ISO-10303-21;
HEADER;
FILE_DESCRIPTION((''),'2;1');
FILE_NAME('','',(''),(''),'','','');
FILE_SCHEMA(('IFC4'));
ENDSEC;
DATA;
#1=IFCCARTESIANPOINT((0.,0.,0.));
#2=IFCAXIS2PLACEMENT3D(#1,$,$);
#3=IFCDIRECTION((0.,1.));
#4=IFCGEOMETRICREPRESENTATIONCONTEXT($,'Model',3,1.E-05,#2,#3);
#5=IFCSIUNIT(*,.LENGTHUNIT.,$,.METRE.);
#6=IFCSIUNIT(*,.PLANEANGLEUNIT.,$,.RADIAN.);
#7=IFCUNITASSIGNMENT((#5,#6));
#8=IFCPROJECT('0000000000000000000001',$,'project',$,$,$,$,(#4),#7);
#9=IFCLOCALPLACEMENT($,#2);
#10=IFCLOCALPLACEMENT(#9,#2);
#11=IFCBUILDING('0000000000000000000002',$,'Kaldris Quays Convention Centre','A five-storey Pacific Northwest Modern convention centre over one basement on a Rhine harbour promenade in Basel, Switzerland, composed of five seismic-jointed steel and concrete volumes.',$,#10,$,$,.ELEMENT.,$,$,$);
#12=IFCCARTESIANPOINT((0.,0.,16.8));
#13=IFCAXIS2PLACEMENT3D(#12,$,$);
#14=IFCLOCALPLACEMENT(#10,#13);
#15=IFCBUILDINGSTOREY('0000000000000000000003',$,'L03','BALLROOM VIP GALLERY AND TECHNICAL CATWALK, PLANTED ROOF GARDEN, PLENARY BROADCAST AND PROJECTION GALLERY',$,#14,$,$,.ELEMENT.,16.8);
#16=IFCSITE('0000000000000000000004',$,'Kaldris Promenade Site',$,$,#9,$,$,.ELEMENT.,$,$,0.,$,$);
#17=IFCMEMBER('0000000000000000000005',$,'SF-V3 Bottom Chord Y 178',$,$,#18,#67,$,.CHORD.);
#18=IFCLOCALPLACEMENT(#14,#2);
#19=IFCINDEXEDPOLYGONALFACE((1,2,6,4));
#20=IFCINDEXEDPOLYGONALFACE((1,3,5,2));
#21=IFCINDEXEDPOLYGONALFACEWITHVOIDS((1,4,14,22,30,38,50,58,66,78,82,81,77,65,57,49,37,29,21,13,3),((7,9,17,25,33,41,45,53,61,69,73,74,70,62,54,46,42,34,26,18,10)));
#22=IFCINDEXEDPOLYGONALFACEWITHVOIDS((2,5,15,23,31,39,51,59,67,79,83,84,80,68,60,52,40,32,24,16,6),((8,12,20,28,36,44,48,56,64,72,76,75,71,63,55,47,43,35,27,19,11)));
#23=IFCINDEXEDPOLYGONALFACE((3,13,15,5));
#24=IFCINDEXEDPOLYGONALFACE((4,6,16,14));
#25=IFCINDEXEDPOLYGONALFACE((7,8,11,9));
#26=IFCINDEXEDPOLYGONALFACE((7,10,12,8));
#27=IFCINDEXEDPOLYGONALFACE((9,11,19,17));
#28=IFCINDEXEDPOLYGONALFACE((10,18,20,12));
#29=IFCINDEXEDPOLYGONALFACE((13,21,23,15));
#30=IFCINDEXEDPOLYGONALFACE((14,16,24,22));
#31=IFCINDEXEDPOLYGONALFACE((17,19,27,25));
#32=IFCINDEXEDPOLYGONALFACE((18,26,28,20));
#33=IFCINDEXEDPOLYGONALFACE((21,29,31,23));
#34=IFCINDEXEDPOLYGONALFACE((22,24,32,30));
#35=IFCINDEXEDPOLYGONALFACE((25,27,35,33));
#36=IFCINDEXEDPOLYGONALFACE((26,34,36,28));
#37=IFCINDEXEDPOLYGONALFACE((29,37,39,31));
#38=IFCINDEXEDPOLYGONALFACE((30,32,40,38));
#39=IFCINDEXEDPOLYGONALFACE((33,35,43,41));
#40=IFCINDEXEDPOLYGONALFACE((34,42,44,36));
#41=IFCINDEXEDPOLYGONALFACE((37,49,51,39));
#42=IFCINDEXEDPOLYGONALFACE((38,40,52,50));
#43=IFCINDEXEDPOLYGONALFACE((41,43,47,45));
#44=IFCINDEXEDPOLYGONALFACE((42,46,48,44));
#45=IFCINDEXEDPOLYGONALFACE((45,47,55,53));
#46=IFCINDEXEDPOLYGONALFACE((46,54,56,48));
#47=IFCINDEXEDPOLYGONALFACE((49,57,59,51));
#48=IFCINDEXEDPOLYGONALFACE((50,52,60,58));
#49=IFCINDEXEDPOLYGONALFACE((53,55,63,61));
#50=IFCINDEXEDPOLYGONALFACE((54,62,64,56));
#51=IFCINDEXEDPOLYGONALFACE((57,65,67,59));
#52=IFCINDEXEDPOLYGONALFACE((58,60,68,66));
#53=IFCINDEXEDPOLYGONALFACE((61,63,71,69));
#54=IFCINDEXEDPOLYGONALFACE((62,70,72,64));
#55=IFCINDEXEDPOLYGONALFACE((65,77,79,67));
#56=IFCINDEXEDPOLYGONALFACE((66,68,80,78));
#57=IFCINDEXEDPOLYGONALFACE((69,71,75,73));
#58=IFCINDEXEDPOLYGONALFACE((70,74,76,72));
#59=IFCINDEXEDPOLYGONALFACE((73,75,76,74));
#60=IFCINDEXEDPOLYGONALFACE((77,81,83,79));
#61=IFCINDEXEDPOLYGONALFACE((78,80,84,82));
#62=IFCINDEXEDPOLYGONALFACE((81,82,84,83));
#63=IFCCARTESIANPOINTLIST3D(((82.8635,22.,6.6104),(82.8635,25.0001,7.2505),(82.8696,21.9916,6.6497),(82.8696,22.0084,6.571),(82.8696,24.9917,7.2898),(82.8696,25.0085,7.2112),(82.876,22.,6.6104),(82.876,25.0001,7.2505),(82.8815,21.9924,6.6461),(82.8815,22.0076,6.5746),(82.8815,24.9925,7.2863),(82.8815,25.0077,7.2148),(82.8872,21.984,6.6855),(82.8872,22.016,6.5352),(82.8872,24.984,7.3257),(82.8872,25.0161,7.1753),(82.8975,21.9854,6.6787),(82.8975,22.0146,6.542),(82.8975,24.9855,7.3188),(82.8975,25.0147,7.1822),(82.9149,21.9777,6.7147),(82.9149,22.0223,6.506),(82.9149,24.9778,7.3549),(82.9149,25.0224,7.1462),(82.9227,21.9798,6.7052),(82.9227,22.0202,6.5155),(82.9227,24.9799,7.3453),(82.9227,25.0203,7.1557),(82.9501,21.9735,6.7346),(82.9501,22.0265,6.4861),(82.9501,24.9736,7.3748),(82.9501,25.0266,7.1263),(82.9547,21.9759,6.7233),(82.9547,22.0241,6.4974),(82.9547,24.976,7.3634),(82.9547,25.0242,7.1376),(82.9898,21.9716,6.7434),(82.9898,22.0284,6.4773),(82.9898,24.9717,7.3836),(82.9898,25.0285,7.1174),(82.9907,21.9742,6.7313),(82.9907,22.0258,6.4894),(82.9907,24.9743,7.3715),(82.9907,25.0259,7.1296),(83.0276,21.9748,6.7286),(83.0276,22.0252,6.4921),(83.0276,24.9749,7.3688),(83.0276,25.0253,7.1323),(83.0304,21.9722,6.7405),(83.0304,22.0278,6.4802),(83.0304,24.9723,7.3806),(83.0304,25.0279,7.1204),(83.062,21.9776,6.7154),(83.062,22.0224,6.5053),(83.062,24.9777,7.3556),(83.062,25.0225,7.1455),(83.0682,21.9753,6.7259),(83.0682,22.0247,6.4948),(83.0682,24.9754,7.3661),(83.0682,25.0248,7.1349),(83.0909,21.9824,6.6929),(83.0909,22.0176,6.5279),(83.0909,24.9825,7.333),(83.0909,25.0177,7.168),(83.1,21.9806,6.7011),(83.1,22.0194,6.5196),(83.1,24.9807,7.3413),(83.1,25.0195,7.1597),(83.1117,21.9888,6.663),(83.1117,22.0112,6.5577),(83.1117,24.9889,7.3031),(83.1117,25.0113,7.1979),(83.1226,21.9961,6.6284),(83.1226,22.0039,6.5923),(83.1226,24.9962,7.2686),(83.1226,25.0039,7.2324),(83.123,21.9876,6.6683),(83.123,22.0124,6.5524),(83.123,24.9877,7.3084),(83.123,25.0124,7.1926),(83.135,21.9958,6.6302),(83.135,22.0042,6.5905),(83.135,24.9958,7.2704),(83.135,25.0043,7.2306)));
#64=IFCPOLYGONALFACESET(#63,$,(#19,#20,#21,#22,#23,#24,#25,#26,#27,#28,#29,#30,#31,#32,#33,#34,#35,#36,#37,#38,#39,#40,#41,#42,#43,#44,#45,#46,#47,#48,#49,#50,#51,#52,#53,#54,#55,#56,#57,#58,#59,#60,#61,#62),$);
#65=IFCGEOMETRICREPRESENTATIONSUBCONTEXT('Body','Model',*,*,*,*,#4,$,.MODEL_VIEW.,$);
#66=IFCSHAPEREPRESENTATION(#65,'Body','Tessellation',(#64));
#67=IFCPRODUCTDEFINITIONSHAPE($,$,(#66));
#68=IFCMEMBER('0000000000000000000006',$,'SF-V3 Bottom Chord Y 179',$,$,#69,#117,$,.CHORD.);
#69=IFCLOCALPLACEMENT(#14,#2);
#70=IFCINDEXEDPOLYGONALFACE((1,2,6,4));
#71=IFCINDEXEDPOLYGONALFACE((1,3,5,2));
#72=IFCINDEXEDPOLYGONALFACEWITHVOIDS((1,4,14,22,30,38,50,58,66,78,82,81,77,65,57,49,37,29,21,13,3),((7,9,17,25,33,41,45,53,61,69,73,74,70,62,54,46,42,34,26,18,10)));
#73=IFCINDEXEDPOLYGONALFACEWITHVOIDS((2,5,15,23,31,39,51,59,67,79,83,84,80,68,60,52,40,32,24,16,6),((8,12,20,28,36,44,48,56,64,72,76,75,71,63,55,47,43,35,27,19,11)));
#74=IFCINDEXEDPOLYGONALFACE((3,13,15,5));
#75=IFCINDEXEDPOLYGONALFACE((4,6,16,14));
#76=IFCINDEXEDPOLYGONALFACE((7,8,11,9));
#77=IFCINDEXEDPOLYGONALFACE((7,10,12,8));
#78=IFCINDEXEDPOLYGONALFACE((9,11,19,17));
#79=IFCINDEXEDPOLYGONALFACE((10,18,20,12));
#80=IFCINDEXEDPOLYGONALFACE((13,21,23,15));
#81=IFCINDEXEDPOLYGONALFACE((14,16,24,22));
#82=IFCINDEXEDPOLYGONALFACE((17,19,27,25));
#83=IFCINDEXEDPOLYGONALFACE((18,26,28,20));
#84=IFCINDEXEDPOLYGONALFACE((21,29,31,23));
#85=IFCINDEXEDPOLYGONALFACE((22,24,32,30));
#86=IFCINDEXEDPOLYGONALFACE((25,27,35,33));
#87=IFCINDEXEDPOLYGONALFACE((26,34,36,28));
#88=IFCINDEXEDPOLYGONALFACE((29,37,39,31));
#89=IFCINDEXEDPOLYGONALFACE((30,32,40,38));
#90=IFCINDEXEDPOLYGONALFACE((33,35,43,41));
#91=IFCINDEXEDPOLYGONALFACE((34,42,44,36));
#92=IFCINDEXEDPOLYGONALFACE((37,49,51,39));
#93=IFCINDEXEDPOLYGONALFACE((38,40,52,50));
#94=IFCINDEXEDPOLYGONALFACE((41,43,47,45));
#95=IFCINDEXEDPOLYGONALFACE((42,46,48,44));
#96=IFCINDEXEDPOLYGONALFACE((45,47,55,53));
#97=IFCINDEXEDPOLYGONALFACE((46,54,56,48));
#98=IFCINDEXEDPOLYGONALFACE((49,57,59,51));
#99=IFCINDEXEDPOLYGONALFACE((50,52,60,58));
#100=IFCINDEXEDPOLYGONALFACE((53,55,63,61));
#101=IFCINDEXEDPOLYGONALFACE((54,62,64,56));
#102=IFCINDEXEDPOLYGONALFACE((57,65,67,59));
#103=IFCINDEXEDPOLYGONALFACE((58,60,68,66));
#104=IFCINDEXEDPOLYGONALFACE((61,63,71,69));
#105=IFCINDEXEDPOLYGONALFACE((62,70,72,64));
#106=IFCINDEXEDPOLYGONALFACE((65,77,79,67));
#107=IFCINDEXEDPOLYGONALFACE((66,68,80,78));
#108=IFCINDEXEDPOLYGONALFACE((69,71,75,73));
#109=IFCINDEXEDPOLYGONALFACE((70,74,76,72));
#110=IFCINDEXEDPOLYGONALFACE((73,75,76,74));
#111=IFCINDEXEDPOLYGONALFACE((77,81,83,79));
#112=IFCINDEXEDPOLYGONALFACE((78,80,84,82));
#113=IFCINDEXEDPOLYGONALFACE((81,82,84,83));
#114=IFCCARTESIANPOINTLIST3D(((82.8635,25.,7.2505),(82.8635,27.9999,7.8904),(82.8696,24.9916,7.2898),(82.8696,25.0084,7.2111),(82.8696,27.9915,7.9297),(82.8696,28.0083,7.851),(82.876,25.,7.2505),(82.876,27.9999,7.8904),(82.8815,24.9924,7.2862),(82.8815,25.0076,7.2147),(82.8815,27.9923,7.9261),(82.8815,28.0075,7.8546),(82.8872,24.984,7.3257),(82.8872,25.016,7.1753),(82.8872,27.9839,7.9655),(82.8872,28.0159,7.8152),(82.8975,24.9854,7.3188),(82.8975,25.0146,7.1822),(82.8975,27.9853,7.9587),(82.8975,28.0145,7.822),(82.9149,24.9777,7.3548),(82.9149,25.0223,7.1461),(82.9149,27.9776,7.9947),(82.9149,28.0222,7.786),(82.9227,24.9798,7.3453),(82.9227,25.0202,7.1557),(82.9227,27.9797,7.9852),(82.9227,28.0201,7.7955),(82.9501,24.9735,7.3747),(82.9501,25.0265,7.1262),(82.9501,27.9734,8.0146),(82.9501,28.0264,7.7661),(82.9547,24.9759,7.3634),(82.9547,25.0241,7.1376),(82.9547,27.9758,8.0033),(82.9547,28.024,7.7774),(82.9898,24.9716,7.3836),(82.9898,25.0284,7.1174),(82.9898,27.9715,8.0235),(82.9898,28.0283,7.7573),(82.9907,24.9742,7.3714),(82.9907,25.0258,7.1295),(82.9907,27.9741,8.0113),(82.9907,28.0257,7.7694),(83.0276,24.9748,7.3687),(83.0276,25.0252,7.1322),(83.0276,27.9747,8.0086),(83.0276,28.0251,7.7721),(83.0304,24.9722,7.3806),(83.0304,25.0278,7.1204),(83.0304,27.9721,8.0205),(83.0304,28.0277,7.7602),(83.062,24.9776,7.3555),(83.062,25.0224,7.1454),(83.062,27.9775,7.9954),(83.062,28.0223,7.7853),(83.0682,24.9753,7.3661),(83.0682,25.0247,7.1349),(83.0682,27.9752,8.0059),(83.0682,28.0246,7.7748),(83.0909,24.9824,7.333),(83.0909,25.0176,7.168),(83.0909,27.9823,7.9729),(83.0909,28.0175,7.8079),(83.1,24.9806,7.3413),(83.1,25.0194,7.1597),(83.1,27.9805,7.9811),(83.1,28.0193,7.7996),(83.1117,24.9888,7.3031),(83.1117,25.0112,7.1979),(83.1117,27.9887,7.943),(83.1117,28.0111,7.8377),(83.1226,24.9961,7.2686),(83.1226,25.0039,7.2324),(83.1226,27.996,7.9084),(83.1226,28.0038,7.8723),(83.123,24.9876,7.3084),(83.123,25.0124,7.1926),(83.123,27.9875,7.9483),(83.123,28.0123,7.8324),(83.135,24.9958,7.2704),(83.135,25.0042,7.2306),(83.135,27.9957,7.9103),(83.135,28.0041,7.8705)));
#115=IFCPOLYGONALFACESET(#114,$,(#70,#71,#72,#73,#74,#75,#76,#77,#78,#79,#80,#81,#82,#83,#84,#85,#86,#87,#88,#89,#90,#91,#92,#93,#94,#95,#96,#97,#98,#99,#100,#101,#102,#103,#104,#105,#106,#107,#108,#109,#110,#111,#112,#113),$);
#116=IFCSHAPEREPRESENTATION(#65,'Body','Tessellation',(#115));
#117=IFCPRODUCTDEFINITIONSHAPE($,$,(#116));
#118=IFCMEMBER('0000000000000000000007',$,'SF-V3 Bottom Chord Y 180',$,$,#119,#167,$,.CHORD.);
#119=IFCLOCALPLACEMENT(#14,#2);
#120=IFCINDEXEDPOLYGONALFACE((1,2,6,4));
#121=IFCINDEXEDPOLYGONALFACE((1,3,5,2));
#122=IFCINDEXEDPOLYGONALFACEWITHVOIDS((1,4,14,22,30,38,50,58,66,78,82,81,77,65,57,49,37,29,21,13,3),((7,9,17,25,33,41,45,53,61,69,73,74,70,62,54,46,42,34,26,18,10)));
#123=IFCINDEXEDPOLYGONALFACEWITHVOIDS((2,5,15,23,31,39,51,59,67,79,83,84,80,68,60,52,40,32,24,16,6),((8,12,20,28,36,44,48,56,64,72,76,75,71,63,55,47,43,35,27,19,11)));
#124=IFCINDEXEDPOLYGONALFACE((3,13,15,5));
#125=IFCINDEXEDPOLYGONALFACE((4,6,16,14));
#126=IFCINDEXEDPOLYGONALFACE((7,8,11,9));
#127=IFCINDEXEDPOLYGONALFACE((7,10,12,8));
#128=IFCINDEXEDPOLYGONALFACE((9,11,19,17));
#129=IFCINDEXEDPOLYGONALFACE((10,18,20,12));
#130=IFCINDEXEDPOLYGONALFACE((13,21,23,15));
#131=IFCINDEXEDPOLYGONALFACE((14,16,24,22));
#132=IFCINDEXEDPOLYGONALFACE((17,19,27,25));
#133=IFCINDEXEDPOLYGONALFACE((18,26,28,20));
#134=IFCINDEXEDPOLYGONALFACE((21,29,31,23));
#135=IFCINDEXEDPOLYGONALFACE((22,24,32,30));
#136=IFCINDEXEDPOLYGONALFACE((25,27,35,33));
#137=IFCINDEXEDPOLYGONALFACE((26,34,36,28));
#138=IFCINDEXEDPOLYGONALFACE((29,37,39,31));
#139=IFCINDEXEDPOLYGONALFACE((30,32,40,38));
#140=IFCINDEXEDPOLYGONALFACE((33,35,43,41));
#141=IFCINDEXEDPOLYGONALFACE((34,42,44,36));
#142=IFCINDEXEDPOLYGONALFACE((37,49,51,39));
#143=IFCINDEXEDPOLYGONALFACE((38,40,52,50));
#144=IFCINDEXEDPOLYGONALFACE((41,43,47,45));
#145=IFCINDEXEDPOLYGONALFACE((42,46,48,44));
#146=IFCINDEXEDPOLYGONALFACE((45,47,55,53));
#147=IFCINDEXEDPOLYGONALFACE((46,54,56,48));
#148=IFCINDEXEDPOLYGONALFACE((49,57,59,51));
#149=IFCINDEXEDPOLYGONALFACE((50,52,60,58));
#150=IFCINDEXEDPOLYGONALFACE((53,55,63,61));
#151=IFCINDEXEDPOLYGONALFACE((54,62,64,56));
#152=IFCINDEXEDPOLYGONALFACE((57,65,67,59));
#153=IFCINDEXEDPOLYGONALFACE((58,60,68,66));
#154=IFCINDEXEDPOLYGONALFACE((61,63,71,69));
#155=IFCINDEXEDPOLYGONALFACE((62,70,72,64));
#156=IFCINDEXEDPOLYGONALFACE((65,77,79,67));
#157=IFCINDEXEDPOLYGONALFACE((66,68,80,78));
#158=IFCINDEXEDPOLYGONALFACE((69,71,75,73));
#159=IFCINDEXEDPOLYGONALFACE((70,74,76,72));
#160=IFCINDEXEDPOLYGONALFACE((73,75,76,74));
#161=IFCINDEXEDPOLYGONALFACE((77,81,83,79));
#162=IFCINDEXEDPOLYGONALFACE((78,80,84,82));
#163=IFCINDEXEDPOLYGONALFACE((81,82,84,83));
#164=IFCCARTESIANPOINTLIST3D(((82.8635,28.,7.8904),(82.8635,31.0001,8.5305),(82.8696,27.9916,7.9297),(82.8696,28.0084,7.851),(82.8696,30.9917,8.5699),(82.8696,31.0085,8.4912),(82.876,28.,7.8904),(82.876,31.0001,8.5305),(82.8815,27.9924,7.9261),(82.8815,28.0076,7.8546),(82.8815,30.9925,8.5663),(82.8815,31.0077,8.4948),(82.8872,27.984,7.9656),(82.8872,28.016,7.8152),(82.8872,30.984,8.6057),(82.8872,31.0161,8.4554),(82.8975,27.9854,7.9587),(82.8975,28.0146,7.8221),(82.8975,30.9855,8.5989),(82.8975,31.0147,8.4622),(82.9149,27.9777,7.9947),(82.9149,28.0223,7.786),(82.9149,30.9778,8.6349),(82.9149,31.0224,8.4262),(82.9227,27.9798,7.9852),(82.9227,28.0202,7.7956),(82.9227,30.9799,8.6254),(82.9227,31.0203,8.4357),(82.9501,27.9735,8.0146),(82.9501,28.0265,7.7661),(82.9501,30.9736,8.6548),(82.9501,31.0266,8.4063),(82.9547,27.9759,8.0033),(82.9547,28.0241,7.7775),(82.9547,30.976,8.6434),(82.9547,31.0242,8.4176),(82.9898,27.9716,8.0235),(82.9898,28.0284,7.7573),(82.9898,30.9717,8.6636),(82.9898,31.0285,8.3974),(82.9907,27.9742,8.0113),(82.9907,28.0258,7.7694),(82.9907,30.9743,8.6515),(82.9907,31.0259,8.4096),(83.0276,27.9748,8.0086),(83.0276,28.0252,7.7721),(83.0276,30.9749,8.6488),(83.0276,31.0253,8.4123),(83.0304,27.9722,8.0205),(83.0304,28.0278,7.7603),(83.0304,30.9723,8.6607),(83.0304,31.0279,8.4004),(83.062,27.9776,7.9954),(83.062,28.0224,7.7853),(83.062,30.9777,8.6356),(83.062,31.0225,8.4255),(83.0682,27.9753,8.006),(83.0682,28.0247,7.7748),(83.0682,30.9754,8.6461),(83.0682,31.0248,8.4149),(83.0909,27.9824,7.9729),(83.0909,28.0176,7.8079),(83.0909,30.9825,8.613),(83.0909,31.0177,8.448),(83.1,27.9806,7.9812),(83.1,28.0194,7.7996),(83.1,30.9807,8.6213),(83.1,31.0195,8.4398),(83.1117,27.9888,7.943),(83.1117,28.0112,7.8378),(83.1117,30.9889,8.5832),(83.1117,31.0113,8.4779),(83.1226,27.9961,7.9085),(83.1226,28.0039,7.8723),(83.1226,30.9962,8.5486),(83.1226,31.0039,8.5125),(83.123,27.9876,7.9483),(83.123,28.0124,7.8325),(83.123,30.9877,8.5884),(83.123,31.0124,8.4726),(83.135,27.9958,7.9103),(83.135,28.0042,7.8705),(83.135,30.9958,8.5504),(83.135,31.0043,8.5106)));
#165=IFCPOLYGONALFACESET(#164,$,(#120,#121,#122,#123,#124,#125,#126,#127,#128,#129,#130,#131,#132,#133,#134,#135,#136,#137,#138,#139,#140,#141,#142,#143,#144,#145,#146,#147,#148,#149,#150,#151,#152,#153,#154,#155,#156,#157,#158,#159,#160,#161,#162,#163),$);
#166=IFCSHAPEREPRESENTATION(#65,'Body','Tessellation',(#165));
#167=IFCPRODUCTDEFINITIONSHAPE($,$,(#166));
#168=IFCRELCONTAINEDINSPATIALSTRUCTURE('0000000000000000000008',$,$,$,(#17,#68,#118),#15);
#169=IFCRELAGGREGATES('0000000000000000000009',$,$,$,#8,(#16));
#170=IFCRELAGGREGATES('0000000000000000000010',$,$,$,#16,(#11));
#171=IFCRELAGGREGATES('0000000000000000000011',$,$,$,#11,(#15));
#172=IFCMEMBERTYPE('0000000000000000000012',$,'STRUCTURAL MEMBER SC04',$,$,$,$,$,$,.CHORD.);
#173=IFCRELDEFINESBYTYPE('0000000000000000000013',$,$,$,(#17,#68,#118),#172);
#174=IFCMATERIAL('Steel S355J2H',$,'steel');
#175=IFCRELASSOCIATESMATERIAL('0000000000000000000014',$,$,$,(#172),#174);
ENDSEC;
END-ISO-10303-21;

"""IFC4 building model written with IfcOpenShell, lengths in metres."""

from ifc_helpers import new_model, si_unit, direction, frame, origin, origin_2d, place, context, subcontext, project, spatial, hollow_circle, extrude, material, material_profile, profile_set, type_object, element, save


model = new_model("IFC4")

# Units and contexts
model_context = context("Model", 3, precision=1e-05, world=origin(), true_north=direction((0.0, 1.0)))
body_context = subcontext(model_context, "Body", "Model", "MODEL_VIEW")
ifc_project = project(units=[si_unit("LENGTHUNIT", "METRE"), si_unit("PLANEANGLEUNIT", "RADIAN")], contexts=[model_context])

# Site, building, storey
site_placement = place(None, origin())
site = spatial("IfcSite", under=ifc_project, at=site_placement, Name="Kaldris Promenade Site", CompositionType="ELEMENT", RefElevation=0.0)
building_placement = place(site_placement, origin())
building = spatial("IfcBuilding", under=site, at=building_placement, Name="Kaldris Quays Convention Centre", Description="A five-storey Pacific Northwest Modern convention centre over one basement on a Rhine harbour promenade in Basel, Switzerland, composed of five seismic-jointed steel and concrete volumes.", CompositionType="ELEMENT")
storey_placement = place(building_placement, frame((0.0, 0.0, 16.8)))
storey = spatial("IfcBuildingStorey", under=building, at=storey_placement, Name="L03", Description="BALLROOM VIP GALLERY AND TECHNICAL CATWALK, PLANTED ROOF GARDEN, PLENARY BROADCAST AND PROJECTION GALLERY", CompositionType="ELEMENT", Elevation=16.8)

# Members
ifc_material_1 = material(Name="Steel S355J2H", Category="steel")
ifc_material_profile_1 = material_profile(ifc_material_1, hollow_circle(Radius=0.1365, WallThickness=0.0125, at=origin_2d()), Name="CHS 273x12.5")
ifc_profile_set_1 = profile_set([ifc_material_profile_1], Name="Steel S355J2H")
member_type_1 = type_object("IfcMemberType", Name="STRUCTURAL MEMBER SC04", PredefinedType="CHORD", material=ifc_profile_set_1)
member_1_placement = place(storey_placement, frame((83.0, 22.0, 6.6104), z_axis=(0.0, 0.977984, 0.208681), x_axis=(-1.0, 0.0, 0.0)))
element("IfcMember", 1, at=member_1_placement, inside=storey, type_object=member_type_1, Name="SF-V3 Bottom Chord Y 178", PredefinedType="CHORD", context=body_context, shape_type="SweptSolid", body=[
    extrude(hollow_circle(Radius=0.1365, WallThickness=0.0125, at=origin_2d()), origin(), (0.0, 0.0, 1.0), 3.0676),
])
member_2_placement = place(storey_placement, frame((83.0, 25.0, 7.2505), z_axis=(0.0, 0.978, 0.208605), x_axis=(-1.0, 0.0, 0.0)))
element("IfcMember", 2, at=member_2_placement, inside=storey, type_object=member_type_1, Name="SF-V3 Bottom Chord Y 179", PredefinedType="CHORD", context=body_context, shape_type="SweptSolid", body=[
    extrude(hollow_circle(Radius=0.1365, WallThickness=0.0125, at=origin_2d()), origin(), (0.0, 0.0, 1.0), 3.0674),
])
for number, where, z_axis, x_axis, name in (
    (3, (83.0, 28.0, 7.8904), (0.0, 0.977984, 0.208681), (-1.0, 0.0, 0.0), "SF-V3 Bottom Chord Y 180"),
):
    element("IfcMember", number, at=place(storey_placement, frame(where, z_axis=z_axis, x_axis=x_axis)), inside=storey, type_object=member_type_1, Name=name, PredefinedType="CHORD", context=body_context, shape_type="SweptSolid", body=[
        extrude(hollow_circle(Radius=0.1365, WallThickness=0.0125, at=origin_2d()), origin(), (0.0, 0.0, 1.0), 3.0676),
    ])

save(model, "model.ifc")
